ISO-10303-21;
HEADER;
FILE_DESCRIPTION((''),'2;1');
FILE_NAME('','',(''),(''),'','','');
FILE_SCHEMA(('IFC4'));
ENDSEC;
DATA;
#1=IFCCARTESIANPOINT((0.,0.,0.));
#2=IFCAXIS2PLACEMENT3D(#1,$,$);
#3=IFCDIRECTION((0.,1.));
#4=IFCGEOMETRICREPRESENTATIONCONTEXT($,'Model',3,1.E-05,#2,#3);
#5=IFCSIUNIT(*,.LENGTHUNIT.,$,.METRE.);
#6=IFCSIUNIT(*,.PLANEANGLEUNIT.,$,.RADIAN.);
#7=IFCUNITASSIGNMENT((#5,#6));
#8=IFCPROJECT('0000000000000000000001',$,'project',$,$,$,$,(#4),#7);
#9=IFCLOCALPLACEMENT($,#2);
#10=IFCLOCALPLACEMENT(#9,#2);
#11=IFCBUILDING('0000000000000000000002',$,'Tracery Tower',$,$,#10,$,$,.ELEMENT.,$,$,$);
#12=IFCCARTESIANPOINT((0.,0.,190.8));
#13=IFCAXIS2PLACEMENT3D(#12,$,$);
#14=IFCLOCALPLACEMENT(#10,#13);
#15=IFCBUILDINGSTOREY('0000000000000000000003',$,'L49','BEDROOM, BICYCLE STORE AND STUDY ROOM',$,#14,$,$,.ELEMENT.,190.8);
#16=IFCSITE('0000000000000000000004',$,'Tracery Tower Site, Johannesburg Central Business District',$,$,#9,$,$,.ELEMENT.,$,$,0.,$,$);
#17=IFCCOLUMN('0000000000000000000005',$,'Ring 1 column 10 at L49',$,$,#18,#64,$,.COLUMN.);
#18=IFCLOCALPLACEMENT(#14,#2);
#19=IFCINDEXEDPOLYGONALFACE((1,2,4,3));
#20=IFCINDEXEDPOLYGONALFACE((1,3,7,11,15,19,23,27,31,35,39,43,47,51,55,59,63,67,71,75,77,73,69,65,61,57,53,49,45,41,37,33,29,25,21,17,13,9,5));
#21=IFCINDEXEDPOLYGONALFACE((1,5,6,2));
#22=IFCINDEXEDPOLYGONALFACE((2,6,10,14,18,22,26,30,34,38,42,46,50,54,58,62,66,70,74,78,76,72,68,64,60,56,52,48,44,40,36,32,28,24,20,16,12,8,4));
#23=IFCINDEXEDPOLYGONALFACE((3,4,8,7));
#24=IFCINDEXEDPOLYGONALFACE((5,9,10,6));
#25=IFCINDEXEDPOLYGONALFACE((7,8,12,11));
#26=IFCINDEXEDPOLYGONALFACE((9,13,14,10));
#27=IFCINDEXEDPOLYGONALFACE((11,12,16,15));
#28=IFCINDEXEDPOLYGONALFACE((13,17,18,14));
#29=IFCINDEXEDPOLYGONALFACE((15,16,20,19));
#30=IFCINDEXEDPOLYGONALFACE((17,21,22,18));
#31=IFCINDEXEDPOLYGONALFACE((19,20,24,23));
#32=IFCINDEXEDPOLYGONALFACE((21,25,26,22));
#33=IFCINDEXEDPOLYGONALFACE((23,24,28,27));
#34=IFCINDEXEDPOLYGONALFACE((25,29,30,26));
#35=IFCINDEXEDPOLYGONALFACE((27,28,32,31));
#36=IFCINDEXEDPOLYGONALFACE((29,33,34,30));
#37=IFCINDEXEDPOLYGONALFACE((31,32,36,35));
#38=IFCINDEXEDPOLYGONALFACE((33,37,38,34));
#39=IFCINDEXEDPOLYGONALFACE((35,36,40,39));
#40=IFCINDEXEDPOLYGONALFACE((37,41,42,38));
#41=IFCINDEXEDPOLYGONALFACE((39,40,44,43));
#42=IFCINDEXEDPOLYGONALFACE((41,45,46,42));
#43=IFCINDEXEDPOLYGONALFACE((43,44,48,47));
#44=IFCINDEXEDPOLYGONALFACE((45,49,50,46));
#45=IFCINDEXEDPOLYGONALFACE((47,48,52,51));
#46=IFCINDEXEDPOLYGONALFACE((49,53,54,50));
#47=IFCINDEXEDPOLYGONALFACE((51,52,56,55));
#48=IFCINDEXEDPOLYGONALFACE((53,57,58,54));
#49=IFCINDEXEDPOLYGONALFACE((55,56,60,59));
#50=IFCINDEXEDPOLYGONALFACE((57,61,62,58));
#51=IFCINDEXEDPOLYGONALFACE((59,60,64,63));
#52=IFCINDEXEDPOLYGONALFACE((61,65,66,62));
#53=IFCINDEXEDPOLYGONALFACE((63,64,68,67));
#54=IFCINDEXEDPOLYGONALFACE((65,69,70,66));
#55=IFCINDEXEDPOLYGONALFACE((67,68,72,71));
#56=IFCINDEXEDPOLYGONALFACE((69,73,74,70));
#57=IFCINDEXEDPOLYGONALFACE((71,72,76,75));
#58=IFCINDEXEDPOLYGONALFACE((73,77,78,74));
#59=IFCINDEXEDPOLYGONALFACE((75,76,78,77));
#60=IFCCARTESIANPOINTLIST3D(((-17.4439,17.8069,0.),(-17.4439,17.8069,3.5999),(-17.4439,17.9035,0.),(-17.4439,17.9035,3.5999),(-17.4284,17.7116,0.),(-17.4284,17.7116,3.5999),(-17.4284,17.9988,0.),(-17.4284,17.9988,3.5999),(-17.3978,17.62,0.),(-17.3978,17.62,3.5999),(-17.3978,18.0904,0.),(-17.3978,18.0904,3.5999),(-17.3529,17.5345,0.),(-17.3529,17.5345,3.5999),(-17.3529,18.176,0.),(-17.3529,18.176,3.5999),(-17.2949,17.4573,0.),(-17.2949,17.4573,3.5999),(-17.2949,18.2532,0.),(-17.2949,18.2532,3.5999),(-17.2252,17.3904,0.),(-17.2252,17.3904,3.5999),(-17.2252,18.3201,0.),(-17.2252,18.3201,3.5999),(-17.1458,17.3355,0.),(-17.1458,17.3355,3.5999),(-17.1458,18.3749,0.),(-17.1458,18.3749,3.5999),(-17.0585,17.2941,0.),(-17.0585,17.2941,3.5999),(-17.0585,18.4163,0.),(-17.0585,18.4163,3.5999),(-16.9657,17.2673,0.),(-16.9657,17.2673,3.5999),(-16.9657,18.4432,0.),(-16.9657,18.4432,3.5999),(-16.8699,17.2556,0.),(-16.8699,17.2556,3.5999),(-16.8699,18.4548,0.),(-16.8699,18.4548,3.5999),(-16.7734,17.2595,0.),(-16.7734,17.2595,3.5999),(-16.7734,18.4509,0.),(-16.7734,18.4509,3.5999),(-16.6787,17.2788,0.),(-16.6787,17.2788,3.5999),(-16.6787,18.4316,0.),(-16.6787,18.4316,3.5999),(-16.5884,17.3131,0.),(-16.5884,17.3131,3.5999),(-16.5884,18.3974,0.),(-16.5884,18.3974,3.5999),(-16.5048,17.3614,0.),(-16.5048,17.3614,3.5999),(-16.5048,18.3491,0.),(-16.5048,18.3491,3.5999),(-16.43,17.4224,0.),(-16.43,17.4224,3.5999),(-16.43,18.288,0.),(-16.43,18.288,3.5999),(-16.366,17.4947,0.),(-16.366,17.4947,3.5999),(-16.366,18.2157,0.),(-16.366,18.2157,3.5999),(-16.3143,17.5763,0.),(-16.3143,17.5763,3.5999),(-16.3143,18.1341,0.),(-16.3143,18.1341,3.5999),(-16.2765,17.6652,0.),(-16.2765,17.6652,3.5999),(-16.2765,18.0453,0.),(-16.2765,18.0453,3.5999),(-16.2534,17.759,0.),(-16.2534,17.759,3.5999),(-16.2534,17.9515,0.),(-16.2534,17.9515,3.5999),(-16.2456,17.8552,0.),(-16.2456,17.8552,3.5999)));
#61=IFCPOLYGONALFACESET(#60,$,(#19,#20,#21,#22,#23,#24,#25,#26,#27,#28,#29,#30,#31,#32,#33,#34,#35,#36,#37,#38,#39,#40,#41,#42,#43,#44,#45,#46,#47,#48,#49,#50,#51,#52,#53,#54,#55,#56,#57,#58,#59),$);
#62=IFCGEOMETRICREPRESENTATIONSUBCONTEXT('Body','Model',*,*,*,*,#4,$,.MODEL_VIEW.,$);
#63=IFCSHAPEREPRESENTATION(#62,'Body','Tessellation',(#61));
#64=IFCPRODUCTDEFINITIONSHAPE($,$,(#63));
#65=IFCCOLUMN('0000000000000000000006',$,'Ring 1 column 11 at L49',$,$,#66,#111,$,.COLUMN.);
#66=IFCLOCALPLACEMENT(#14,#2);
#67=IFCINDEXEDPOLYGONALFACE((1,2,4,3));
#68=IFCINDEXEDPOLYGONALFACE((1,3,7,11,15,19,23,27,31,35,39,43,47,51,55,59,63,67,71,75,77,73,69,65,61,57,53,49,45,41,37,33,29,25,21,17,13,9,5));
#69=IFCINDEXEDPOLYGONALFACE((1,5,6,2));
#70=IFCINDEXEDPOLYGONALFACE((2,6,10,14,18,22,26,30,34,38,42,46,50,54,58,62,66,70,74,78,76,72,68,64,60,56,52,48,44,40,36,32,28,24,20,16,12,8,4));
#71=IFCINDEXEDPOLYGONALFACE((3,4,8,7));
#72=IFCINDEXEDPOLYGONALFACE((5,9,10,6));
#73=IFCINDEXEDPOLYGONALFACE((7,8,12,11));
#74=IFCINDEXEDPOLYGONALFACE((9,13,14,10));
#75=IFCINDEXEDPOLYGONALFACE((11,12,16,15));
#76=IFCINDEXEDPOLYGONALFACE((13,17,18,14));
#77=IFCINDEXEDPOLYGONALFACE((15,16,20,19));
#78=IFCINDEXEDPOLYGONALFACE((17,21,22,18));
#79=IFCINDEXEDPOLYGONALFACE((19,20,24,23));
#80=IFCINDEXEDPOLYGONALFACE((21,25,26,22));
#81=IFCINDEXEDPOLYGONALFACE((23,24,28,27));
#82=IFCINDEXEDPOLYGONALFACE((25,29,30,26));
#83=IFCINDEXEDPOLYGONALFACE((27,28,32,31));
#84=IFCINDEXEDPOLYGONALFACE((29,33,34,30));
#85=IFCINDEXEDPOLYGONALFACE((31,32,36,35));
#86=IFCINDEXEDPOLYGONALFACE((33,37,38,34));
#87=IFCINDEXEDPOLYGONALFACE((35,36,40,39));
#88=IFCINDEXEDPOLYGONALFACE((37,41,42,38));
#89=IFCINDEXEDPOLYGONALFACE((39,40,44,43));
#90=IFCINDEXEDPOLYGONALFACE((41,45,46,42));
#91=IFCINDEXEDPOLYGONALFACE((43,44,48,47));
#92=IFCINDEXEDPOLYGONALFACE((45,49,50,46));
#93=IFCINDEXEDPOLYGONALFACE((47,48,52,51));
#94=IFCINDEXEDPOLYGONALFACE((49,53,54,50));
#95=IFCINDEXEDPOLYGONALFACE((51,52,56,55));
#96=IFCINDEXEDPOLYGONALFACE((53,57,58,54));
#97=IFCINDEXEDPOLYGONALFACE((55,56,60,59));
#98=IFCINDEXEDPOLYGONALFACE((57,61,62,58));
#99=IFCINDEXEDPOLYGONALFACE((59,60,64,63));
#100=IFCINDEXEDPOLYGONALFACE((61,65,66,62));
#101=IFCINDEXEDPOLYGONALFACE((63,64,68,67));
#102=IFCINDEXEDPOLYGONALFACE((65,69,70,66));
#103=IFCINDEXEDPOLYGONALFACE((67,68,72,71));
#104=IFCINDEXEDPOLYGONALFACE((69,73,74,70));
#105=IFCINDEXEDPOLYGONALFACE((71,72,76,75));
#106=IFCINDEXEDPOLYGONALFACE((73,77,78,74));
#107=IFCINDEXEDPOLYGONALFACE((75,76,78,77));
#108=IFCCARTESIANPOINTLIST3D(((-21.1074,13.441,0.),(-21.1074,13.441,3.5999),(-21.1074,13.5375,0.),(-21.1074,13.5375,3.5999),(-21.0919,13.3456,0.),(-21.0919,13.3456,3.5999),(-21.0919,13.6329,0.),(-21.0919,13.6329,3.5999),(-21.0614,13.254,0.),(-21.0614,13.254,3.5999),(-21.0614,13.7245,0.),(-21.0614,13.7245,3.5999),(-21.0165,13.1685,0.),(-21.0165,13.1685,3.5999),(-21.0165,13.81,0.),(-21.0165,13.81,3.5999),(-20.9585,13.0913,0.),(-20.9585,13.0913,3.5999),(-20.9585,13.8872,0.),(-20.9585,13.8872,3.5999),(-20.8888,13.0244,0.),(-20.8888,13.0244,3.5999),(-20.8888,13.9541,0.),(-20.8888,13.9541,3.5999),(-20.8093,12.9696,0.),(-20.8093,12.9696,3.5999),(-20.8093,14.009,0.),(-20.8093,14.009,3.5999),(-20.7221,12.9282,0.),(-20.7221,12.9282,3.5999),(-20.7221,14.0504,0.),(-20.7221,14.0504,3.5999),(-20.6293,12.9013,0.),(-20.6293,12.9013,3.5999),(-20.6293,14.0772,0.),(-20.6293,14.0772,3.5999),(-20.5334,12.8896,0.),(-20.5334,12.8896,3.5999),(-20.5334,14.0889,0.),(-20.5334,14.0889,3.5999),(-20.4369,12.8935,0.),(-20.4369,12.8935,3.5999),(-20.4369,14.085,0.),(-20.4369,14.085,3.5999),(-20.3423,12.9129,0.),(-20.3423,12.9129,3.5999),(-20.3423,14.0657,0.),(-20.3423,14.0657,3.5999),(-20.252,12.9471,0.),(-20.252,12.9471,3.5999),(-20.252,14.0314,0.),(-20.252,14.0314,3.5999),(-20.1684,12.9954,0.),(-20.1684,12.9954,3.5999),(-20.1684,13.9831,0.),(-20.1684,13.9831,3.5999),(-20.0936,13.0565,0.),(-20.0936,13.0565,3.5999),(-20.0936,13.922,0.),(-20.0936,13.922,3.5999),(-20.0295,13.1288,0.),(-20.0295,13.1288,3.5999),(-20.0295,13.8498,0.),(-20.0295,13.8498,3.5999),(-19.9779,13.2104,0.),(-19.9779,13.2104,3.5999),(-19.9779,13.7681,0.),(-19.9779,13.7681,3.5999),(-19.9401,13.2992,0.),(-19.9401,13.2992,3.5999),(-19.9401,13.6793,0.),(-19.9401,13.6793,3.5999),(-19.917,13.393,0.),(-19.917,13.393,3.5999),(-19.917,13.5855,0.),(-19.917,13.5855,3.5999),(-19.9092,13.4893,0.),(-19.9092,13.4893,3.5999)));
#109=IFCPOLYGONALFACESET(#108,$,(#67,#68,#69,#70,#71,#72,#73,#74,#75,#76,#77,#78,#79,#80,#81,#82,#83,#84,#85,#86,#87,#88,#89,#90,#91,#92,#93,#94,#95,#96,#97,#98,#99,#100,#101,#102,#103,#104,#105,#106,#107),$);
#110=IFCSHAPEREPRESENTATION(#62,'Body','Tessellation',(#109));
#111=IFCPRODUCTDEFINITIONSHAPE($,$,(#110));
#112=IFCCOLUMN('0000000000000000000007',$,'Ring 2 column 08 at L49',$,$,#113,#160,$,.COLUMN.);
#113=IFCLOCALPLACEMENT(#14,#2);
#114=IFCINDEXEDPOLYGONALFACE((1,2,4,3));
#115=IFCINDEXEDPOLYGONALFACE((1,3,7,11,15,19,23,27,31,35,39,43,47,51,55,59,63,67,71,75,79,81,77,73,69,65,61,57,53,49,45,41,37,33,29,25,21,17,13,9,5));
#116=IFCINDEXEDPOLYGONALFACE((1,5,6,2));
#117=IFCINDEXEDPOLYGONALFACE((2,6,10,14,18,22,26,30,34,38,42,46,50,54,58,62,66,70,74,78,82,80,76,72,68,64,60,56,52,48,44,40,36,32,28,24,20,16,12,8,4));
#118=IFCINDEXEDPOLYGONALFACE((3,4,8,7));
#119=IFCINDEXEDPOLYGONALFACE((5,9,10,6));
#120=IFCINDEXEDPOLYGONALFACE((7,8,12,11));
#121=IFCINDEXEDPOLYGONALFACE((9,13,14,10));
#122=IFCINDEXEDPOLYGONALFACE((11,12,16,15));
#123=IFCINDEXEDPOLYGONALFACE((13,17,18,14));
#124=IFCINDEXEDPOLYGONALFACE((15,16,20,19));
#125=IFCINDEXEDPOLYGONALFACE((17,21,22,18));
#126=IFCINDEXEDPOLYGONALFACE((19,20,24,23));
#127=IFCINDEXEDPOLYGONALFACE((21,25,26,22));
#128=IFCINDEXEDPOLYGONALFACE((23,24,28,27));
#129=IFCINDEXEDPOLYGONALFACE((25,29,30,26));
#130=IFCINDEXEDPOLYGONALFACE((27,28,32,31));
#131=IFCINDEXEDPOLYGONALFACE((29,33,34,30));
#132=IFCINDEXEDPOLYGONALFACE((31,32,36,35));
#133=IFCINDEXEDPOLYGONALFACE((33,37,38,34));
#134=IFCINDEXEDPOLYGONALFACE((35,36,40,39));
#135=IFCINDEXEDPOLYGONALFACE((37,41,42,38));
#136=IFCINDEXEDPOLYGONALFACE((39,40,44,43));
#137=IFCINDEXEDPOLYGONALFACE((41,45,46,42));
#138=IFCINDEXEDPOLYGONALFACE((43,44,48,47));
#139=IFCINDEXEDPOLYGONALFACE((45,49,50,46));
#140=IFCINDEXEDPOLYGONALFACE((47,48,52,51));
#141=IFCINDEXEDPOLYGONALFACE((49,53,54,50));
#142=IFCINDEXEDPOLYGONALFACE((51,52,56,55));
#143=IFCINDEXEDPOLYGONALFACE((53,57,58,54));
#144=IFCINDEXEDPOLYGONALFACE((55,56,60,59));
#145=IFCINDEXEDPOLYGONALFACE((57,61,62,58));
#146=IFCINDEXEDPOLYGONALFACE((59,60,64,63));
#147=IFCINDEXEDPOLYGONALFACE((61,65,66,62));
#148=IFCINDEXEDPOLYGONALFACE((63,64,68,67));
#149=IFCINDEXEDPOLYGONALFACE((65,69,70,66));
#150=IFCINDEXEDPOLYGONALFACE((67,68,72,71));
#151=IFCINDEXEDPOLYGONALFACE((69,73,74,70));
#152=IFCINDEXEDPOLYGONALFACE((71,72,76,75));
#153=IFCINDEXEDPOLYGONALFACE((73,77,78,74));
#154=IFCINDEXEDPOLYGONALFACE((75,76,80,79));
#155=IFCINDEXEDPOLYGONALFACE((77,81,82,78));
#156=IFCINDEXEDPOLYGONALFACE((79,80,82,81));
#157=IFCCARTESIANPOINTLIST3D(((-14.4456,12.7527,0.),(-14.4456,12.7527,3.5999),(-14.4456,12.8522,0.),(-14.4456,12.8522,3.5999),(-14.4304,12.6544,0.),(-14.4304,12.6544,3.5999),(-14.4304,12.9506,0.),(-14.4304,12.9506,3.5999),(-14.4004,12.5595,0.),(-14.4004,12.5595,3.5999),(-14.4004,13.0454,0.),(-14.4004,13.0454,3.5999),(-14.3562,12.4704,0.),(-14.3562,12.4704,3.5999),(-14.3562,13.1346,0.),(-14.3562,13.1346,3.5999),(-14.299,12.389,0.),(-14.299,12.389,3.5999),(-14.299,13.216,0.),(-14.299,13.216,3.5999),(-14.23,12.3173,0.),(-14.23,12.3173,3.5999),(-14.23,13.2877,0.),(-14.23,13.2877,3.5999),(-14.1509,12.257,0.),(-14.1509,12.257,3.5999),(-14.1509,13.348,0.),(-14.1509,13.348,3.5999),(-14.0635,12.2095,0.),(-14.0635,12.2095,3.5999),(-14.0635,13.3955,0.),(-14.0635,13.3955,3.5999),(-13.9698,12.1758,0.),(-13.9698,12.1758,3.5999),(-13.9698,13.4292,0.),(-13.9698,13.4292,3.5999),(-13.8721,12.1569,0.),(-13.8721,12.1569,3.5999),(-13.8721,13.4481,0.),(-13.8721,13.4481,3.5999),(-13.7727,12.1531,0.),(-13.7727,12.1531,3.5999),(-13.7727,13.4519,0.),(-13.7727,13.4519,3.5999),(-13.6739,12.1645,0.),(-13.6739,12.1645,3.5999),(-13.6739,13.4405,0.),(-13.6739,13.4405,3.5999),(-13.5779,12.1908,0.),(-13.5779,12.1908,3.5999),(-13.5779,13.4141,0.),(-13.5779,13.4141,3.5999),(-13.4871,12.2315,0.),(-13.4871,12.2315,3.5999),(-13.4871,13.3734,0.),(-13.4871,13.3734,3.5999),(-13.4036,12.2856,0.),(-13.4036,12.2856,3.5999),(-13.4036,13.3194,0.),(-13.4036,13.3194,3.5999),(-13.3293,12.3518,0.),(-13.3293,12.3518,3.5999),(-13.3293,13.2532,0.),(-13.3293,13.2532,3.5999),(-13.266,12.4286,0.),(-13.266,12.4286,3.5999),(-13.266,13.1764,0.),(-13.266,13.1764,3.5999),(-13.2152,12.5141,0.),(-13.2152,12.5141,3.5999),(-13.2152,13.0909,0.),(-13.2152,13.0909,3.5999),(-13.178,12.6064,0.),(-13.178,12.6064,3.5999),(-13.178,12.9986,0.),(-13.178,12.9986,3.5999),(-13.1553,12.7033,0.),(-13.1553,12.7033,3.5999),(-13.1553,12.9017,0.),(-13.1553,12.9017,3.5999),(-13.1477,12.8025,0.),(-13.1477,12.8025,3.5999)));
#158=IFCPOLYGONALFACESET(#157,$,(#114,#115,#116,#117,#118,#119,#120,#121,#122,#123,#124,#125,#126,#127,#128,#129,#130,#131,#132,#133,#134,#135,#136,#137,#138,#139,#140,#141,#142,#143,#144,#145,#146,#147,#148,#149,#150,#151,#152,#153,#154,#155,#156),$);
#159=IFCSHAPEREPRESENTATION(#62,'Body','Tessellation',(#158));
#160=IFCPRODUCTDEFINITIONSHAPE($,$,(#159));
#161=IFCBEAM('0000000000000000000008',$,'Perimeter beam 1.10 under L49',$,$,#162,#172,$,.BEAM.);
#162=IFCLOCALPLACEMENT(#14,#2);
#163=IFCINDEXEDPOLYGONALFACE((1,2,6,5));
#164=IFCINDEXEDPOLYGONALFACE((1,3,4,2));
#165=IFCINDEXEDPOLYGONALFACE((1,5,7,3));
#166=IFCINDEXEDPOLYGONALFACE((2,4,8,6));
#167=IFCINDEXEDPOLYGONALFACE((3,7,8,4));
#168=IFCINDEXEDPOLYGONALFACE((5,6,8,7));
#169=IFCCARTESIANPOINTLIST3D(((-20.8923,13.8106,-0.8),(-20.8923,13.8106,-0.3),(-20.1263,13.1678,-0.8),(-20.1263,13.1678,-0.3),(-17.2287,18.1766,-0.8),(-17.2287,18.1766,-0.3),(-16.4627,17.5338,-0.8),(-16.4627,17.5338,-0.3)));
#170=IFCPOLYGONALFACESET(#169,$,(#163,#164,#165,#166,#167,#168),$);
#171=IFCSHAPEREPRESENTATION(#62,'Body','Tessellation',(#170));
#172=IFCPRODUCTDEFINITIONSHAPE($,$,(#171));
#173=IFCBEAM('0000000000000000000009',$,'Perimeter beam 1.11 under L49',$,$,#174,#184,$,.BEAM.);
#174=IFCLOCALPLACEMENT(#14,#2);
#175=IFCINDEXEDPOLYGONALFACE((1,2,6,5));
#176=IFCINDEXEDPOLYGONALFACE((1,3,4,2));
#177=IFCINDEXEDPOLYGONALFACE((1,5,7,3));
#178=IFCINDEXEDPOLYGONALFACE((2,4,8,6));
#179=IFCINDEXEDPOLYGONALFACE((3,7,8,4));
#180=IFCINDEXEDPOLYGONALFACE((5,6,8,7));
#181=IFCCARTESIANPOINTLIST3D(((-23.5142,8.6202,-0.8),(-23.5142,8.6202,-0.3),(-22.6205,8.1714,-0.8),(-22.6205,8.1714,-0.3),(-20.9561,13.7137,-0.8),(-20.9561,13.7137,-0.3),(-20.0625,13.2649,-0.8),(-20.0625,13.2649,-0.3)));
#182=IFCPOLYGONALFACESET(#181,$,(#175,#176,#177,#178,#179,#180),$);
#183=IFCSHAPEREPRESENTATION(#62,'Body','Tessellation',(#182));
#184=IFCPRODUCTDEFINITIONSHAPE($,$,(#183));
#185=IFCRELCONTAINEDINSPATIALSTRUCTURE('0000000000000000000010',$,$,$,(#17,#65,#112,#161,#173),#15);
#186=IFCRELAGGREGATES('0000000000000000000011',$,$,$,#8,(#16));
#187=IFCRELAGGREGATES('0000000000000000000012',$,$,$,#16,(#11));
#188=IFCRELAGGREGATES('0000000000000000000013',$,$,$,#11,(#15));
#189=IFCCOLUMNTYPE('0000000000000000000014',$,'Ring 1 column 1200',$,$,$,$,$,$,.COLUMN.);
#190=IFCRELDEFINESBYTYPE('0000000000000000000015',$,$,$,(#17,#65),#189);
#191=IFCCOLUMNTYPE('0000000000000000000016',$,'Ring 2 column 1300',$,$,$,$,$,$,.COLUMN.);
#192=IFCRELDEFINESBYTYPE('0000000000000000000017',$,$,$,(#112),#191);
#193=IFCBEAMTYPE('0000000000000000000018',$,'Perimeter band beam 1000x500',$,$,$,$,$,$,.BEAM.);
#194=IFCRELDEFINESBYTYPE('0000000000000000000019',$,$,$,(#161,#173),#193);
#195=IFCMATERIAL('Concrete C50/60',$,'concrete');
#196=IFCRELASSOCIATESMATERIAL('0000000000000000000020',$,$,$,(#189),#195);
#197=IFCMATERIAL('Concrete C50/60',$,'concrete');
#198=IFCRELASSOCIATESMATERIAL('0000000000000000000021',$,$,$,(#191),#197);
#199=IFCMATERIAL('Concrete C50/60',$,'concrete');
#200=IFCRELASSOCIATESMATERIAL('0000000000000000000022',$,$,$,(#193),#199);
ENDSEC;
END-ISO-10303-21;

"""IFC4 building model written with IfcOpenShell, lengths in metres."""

from ifc_helpers import new_model, si_unit, direction, frame, origin, origin_2d, place, context, subcontext, project, spatial, rectangle, circle, extrude, material, material_profile, profile_set, type_object, element, save


model = new_model("IFC4")

# Units and contexts
model_context = context("Model", 3, precision=1e-05, world=origin(), true_north=direction((0.0, 1.0)))
body_context = subcontext(model_context, "Body", "Model", "MODEL_VIEW")
ifc_project = project(units=[si_unit("LENGTHUNIT", "METRE"), si_unit("PLANEANGLEUNIT", "RADIAN")], contexts=[model_context])

# Site, building, storey
site_placement = place(None, origin())
site = spatial("IfcSite", under=ifc_project, at=site_placement, Name="Tracery Tower Site, Johannesburg Central Business District", CompositionType="ELEMENT", RefElevation=0.0)
building_placement = place(site_placement, origin())
building = spatial("IfcBuilding", under=site, at=building_placement, Name="Tracery Tower", CompositionType="ELEMENT")
storey_placement = place(building_placement, frame((0.0, 0.0, 190.8)))
storey = spatial("IfcBuildingStorey", under=building, at=storey_placement, Name="L49", Description="BEDROOM, BICYCLE STORE AND STUDY ROOM", CompositionType="ELEMENT", Elevation=190.8)

# Columns
ifc_material_1 = material(Name="Concrete C50/60", Category="concrete")
ifc_material_profile_1 = material_profile(ifc_material_1, circle(Radius=0.6001, at=origin_2d()), Name="RC D1200")
ifc_profile_set_1 = profile_set([ifc_material_profile_1], Name="Concrete C50/60")
column_type_1 = type_object("IfcColumnType", Name="Ring 1 column 1200", PredefinedType="COLUMN", material=ifc_profile_set_1)
for number, where, z_axis, x_axis, name in (
    (1, (-16.8457, 17.8552, 0.0), (0.0, 0.0, 1.0), (1.0, 0.0, 0.0), "Ring 1 column 10 at L49"),
    (2, (-20.5093, 13.4893, 0.0), (0.0, 0.0, 1.0), (1.0, 0.0, 0.0), "Ring 1 column 11 at L49"),
):
    element("IfcColumn", number, at=place(storey_placement, frame(where, z_axis=z_axis, x_axis=x_axis)), inside=storey, type_object=column_type_1, Name=name, PredefinedType="COLUMN", context=body_context, shape_type="SweptSolid", body=[
        extrude(circle(Radius=0.6001, at=origin_2d()), origin(), (0.0, 0.0, 1.0), 3.5999),
    ])
ifc_material_2 = material(Name="Concrete C50/60", Category="concrete")
ifc_material_profile_2 = material_profile(ifc_material_2, circle(Radius=0.6499, at=origin_2d()), Name="RC D1300")
ifc_profile_set_2 = profile_set([ifc_material_profile_2], Name="Concrete C50/60")
column_type_2 = type_object("IfcColumnType", Name="Ring 2 column 1300", PredefinedType="COLUMN", material=ifc_profile_set_2)
column_placement = place(storey_placement, frame((-13.7976, 12.8025, 0.0), z_axis=(0.0, 0.0, 1.0), x_axis=(1.0, 0.0, 0.0)))
element("IfcColumn", 3, at=column_placement, inside=storey, type_object=column_type_2, Name="Ring 2 column 08 at L49", PredefinedType="COLUMN", context=body_context, shape_type="SweptSolid", body=[
    extrude(circle(Radius=0.6499, at=origin_2d()), origin(), (0.0, 0.0, 1.0), 3.5999),
])

# Beams
ifc_material_3 = material(Name="Concrete C50/60", Category="concrete")
ifc_material_profile_3 = material_profile(ifc_material_3, rectangle(XDim=1.0, YDim=0.5, at=origin_2d()), Name="RC 1000x500")
ifc_profile_set_3 = profile_set([ifc_material_profile_3], Name="Concrete C50/60")
beam_type = type_object("IfcBeamType", Name="Perimeter band beam 1000x500", PredefinedType="BEAM", material=ifc_profile_set_3)
beam_1_placement = place(storey_placement, frame((-16.8457, 17.8552, -0.55), z_axis=(-0.642797, -0.766036, 0.0), x_axis=(0.766036, -0.642797, 0.0)))
element("IfcBeam", 4, at=beam_1_placement, inside=storey, type_object=beam_type, Name="Perimeter beam 1.10 under L49", PredefinedType="BEAM", context=body_context, shape_type="SweptSolid", body=[
    extrude(rectangle(XDim=1.0, YDim=0.5, at=origin_2d()), origin(), (0.0, 0.0, 1.0), 5.6995),
])
beam_2_placement = place(storey_placement, frame((-20.5093, 13.4893, -0.55), z_axis=(-0.448806, -0.893629, 0.0), x_axis=(0.893629, -0.448806, 0.0)))
element("IfcBeam", 5, at=beam_2_placement, inside=storey, type_object=beam_type, Name="Perimeter beam 1.11 under L49", PredefinedType="BEAM", context=body_context, shape_type="SweptSolid", body=[
    extrude(rectangle(XDim=1.0, YDim=0.5, at=origin_2d()), origin(), (0.0, 0.0, 1.0), 5.6997),
])

save(model, "model.ifc")
